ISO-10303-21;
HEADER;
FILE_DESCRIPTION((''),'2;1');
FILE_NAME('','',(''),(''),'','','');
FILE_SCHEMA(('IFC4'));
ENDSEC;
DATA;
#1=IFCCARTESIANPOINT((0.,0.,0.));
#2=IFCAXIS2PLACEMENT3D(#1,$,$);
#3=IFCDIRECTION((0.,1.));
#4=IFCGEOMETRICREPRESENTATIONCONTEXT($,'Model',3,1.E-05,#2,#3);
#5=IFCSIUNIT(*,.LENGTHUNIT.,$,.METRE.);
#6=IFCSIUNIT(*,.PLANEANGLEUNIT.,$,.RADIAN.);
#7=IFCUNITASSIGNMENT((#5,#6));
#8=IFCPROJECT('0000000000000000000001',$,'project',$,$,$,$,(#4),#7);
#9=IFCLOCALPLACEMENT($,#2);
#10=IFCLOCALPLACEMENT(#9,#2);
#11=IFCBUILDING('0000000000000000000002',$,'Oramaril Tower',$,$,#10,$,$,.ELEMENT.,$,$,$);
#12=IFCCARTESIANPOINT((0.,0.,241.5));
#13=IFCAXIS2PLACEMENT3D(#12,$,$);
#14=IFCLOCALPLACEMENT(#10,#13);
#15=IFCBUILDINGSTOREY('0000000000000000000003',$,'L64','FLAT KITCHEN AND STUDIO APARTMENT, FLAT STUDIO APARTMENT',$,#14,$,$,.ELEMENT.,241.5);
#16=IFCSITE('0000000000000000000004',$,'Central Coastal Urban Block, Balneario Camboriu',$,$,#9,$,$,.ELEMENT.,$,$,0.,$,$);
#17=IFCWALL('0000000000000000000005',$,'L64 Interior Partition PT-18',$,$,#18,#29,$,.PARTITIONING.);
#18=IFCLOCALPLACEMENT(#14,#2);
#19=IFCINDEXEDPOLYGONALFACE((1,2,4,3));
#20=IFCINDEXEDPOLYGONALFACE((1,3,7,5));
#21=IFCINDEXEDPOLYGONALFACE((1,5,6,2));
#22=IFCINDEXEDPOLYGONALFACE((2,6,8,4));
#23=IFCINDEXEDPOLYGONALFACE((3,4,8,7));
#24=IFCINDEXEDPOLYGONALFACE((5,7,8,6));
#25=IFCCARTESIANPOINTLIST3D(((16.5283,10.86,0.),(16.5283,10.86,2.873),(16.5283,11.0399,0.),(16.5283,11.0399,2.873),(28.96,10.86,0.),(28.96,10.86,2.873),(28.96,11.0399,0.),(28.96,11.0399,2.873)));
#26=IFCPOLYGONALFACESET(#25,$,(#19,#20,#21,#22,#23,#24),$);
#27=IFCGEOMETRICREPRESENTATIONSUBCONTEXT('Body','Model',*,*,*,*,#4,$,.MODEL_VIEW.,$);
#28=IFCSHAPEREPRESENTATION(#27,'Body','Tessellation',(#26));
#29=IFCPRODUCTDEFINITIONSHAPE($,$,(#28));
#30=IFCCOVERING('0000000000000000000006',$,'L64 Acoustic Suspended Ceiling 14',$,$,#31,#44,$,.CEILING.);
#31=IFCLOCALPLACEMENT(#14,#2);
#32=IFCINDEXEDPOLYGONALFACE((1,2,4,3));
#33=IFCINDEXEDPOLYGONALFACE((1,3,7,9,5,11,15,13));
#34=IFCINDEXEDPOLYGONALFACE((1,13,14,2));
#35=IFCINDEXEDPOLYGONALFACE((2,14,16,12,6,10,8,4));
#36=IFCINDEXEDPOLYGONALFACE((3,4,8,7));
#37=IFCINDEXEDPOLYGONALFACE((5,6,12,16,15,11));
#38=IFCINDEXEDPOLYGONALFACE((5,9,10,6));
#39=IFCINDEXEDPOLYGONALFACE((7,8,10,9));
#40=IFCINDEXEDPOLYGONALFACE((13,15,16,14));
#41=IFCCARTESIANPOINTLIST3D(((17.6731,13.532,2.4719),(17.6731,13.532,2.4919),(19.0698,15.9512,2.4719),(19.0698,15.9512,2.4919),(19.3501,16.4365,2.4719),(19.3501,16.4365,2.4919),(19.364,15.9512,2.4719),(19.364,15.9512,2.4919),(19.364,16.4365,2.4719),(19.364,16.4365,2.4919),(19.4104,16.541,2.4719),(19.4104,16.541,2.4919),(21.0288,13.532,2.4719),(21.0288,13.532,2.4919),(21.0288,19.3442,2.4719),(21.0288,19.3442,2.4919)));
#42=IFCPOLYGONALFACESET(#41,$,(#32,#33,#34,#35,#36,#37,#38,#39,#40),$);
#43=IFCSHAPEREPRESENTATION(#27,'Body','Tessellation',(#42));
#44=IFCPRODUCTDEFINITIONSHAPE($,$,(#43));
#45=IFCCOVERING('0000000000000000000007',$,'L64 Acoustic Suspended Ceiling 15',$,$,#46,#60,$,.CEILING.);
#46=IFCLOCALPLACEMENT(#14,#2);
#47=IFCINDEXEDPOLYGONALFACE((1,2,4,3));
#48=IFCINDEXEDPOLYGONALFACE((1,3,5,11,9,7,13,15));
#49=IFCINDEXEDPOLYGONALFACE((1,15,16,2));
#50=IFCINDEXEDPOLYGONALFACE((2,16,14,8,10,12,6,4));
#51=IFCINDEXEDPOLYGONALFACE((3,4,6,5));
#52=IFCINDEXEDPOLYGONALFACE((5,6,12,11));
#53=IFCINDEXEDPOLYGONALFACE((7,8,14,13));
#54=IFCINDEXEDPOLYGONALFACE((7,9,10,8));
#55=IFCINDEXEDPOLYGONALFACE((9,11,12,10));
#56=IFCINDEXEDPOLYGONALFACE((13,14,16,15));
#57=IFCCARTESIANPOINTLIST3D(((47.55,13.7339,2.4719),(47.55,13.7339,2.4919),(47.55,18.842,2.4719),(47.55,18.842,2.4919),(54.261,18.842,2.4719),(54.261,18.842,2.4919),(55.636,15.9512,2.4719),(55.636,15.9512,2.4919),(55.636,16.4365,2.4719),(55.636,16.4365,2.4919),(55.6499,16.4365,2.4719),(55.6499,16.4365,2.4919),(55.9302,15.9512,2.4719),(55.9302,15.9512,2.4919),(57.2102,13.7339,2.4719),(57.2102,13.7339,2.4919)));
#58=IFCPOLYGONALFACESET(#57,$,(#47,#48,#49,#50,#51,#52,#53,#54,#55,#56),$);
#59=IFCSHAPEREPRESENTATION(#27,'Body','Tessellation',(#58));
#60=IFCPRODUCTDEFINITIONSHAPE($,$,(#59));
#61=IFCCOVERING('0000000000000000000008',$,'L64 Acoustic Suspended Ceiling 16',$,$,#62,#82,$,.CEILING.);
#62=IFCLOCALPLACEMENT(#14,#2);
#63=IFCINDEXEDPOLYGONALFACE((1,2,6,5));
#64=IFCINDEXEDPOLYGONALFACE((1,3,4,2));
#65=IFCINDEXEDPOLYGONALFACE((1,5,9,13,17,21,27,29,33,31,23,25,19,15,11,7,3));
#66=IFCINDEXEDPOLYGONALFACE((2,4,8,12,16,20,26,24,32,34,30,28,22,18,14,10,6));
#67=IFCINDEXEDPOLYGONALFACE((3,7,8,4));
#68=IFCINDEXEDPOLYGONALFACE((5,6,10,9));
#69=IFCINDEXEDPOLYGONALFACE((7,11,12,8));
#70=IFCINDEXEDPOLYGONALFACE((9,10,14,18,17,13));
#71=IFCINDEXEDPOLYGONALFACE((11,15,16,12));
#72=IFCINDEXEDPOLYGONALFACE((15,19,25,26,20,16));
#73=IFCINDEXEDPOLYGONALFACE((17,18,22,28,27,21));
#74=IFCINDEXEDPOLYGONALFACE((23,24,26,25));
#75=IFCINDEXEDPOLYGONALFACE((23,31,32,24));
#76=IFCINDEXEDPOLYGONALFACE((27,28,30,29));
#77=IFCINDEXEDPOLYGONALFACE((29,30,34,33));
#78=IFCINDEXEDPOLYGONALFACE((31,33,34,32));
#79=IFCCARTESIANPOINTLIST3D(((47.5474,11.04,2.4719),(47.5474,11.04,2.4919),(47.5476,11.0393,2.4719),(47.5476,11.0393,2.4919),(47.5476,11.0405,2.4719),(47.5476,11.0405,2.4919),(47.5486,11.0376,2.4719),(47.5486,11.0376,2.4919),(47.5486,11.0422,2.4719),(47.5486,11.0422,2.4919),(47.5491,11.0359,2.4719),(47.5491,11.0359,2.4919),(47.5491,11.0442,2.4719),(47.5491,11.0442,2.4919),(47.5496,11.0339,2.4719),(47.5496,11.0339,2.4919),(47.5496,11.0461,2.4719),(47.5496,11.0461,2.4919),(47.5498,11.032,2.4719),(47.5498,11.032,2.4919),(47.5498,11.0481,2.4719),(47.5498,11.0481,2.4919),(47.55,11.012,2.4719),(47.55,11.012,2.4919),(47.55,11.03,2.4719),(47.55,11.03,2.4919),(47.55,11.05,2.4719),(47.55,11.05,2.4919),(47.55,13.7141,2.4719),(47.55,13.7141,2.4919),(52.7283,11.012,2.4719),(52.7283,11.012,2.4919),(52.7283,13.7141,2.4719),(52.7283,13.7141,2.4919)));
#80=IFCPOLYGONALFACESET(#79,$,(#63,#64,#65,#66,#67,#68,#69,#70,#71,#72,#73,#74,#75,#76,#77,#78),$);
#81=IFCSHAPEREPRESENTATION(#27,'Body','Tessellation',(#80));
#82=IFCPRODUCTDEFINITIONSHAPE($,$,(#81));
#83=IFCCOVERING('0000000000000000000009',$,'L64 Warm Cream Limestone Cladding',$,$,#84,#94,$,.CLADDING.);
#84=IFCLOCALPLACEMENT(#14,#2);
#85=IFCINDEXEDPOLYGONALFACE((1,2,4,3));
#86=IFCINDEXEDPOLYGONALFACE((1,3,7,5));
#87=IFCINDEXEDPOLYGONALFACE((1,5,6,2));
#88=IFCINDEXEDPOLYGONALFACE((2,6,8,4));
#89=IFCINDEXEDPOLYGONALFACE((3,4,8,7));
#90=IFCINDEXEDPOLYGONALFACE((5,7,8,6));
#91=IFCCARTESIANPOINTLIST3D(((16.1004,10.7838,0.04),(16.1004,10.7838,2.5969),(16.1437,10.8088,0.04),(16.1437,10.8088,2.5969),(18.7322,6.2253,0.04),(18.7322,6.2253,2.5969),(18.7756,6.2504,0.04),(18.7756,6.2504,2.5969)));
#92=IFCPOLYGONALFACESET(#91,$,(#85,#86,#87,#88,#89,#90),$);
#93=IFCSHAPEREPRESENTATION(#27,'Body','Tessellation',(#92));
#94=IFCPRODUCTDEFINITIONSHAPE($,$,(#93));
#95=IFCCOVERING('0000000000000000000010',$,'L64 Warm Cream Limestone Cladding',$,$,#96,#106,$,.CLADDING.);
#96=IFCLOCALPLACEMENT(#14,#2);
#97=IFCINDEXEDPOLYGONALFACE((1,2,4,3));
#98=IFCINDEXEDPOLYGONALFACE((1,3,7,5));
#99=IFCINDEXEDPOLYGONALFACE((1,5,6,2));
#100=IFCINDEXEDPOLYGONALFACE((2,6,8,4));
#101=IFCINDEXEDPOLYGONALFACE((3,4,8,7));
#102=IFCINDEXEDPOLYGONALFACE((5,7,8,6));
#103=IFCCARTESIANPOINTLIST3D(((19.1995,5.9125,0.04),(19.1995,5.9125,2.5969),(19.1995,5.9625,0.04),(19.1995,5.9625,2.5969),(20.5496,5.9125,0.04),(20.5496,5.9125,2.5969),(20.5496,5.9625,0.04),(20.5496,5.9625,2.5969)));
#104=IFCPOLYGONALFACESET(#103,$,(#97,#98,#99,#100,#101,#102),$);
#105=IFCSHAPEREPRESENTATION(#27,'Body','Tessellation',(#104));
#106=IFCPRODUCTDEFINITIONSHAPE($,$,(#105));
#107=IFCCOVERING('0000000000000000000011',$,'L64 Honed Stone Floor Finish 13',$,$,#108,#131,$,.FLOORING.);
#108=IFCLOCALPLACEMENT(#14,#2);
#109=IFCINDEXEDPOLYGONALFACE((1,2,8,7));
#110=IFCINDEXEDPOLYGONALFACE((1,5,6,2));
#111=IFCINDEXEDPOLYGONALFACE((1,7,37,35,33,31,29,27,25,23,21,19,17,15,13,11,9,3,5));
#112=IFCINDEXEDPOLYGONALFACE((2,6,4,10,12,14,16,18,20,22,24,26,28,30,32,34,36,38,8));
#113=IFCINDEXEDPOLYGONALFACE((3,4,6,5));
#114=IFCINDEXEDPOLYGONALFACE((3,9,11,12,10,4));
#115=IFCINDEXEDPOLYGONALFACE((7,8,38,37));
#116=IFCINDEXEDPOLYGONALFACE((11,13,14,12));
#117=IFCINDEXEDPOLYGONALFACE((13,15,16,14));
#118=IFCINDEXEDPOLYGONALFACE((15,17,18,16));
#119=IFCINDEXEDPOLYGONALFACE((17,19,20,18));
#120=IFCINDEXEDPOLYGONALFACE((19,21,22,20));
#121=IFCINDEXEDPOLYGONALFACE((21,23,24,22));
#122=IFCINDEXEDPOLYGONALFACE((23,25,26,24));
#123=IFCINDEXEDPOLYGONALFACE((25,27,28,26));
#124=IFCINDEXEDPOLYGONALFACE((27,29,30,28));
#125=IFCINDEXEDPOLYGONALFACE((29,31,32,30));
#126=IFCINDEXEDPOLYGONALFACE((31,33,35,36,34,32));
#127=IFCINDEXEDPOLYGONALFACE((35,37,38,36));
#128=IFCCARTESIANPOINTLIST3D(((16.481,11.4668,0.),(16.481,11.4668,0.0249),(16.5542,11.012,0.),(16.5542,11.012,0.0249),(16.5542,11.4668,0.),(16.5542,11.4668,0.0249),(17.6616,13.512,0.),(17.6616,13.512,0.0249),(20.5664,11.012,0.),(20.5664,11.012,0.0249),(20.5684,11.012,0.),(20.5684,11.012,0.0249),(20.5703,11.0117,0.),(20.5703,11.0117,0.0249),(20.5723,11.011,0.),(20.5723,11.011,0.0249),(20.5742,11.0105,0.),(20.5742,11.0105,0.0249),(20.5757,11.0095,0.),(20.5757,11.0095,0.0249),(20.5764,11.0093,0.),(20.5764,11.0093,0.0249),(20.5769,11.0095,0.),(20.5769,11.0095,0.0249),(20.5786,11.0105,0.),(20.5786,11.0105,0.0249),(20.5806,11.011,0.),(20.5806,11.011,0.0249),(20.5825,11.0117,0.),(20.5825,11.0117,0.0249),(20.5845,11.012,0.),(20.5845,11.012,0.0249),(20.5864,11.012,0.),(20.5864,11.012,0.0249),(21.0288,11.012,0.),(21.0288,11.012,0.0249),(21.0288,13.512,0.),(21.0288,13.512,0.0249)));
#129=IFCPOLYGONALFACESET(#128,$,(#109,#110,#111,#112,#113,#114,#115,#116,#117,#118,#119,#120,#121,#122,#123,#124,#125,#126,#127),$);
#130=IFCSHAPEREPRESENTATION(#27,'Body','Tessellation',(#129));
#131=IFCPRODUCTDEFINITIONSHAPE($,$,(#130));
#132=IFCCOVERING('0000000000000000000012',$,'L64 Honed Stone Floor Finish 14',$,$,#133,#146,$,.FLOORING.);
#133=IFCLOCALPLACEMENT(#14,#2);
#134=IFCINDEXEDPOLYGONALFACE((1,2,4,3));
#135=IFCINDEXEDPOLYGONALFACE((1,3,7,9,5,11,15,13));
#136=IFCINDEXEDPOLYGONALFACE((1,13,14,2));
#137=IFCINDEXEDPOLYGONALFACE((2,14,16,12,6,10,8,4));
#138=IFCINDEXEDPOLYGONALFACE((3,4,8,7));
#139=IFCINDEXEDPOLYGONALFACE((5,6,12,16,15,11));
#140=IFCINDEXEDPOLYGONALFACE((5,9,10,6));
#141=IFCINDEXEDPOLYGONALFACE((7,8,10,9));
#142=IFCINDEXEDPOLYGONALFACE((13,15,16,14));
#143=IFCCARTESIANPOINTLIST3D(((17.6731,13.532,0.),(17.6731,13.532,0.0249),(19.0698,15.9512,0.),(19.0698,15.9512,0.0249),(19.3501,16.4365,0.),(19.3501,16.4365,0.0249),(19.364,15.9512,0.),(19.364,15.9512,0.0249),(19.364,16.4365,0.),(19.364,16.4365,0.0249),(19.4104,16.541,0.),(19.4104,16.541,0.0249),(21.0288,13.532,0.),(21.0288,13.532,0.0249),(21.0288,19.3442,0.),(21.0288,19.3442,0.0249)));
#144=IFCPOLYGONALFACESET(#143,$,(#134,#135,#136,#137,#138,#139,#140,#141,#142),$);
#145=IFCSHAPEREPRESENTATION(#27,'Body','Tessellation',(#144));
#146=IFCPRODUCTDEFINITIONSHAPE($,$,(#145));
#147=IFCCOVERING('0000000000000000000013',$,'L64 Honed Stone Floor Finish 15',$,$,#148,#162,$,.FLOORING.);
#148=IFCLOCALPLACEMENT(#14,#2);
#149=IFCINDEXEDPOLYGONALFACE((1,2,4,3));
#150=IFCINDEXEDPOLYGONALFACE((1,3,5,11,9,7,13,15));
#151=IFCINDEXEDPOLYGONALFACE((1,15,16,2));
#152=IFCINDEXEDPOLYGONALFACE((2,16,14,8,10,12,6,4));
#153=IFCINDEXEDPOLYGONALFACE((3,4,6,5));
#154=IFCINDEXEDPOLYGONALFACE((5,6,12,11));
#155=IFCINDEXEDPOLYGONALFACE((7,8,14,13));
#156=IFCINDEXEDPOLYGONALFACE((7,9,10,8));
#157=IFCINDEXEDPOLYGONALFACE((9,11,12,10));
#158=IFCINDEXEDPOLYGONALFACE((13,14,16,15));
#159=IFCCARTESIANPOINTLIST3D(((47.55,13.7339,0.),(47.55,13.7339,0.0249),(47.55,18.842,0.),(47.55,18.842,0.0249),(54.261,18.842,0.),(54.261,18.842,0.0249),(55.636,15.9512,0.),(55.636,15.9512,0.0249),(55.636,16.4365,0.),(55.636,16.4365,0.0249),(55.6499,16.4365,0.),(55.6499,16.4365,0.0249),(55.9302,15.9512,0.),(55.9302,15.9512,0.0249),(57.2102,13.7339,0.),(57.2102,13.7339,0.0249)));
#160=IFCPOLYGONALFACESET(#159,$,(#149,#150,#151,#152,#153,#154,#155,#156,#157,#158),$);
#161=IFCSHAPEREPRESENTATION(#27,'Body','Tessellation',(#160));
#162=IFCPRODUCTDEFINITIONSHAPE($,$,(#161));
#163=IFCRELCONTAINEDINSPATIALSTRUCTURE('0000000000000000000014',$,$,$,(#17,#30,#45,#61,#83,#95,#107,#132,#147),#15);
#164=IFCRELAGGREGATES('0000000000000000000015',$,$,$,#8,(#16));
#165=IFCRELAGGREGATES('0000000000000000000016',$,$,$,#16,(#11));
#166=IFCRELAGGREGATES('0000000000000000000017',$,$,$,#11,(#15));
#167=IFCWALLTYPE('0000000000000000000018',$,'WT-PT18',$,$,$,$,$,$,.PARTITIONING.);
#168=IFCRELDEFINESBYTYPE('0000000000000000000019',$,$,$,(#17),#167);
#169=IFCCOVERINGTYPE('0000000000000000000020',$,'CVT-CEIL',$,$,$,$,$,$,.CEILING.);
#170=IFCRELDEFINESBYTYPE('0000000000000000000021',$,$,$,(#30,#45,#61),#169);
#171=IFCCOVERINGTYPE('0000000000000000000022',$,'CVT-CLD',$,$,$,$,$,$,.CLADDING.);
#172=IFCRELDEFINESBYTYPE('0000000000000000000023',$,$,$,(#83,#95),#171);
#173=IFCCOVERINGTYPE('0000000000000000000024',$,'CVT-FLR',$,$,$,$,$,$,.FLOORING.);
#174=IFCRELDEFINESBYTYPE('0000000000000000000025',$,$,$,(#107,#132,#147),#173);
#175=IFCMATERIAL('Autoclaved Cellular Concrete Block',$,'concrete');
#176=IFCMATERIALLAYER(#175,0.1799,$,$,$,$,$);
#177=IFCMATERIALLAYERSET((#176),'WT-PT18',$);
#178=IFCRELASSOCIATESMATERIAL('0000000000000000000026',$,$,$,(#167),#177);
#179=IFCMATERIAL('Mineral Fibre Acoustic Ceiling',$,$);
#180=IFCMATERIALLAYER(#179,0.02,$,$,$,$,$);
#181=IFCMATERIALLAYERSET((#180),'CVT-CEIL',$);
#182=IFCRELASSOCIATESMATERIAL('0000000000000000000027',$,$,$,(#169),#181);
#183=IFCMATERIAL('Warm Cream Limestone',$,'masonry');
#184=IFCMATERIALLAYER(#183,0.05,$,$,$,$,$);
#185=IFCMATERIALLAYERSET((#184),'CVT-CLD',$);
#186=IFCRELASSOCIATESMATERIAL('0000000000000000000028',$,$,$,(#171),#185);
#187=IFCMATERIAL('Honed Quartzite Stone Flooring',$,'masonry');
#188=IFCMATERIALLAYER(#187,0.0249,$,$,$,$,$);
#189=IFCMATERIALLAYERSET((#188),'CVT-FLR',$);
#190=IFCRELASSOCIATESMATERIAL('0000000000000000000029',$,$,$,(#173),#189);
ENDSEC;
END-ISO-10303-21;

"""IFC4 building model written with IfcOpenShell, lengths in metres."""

from ifc_helpers import new_model, si_unit, direction, frame, frame_2d, origin, origin_2d, place, context, subcontext, project, spatial, polyline, rectangle, outline, extrude, material, layer, layer_set, type_object, element, save


model = new_model("IFC4")

# Units and contexts
model_context = context("Model", 3, precision=1e-05, world=origin(), true_north=direction((0.0, 1.0)))
body_context = subcontext(model_context, "Body", "Model", "MODEL_VIEW")
ifc_project = project(units=[si_unit("LENGTHUNIT", "METRE"), si_unit("PLANEANGLEUNIT", "RADIAN")], contexts=[model_context])

# Site, building, storey
site_placement = place(None, origin())
site = spatial("IfcSite", under=ifc_project, at=site_placement, Name="Central Coastal Urban Block, Balneario Camboriu", CompositionType="ELEMENT", RefElevation=0.0)
building_placement = place(site_placement, origin())
building = spatial("IfcBuilding", under=site, at=building_placement, Name="Oramaril Tower", CompositionType="ELEMENT")
storey_placement = place(building_placement, frame((0.0, 0.0, 241.5)))
storey = spatial("IfcBuildingStorey", under=building, at=storey_placement, Name="L64", Description="FLAT KITCHEN AND STUDIO APARTMENT, FLAT STUDIO APARTMENT", CompositionType="ELEMENT", Elevation=241.5)

# Wall
ifc_material_1 = material(Name="Autoclaved Cellular Concrete Block", Category="concrete")
ifc_layer_1 = layer(ifc_material_1, 0.1799)
ifc_layer_set_1 = layer_set([ifc_layer_1], Name="WT-PT18")
wall_type_1 = type_object("IfcWallType", Name="WT-PT18", PredefinedType="PARTITIONING", material=ifc_layer_set_1)
wall_1_placement = place(storey_placement, frame((16.5283, 10.95, 0.0), z_axis=(0.0, 0.0, 1.0), x_axis=(1.0, 0.0, 0.0)))
element("IfcWall", 1, at=wall_1_placement, inside=storey, type_object=wall_type_1, Name="L64 Interior Partition PT-18", PredefinedType="PARTITIONING", context=body_context, shape_type="SweptSolid", body=[
    extrude(rectangle(XDim=12.4316, YDim=0.1799, at=frame_2d((6.2158, 0.0))), origin(), (0.0, 0.0, 1.0), 2.873),
])

# Coverings
ifc_material_2 = material(Name="Mineral Fibre Acoustic Ceiling")
ifc_layer_2 = layer(ifc_material_2, 0.02)
ifc_layer_set_2 = layer_set([ifc_layer_2], Name="CVT-CEIL")
covering_type_1 = type_object("IfcCoveringType", Name="CVT-CEIL", PredefinedType="CEILING", material=ifc_layer_set_2)
covering_1_placement = place(storey_placement, frame((0.0, 0.0, 2.4719)))
element("IfcCovering", 2, at=covering_1_placement, inside=storey, type_object=covering_type_1, Name="L64 Acoustic Suspended Ceiling 14", PredefinedType="CEILING", context=body_context, shape_type="SweptSolid", body=[
    extrude(outline(polyline([(19.364, 15.9512), (19.364, 16.4365), (19.3501, 16.4365), (19.4104, 16.541), (21.0288, 19.3442), (21.0288, 13.532), (17.6731, 13.532), (19.0698, 15.9512), (19.364, 15.9512)])), origin(), (0.0, 0.0, 1.0), 0.02),
])
covering_2_placement = place(storey_placement, frame((0.0, 0.0, 2.4719)))
element("IfcCovering", 3, at=covering_2_placement, inside=storey, type_object=covering_type_1, Name="L64 Acoustic Suspended Ceiling 15", PredefinedType="CEILING", context=body_context, shape_type="SweptSolid", body=[
    extrude(outline(polyline([(55.6499, 16.4365), (55.636, 16.4365), (55.636, 15.9512), (55.9302, 15.9512), (57.2102, 13.7339), (47.55, 13.7339), (47.55, 18.842), (54.261, 18.842), (55.6499, 16.4365)])), origin(), (0.0, 0.0, 1.0), 0.02),
])
covering_3_placement = place(storey_placement, frame((0.0, 0.0, 2.4719)))
element("IfcCovering", 4, at=covering_3_placement, inside=storey, type_object=covering_type_1, Name="L64 Acoustic Suspended Ceiling 16", PredefinedType="CEILING", context=body_context, shape_type="SweptSolid", body=[
    extrude(outline(polyline([(52.7283, 11.012), (47.55, 11.012), (47.55, 11.03), (47.5498, 11.032), (47.5496, 11.0339), (47.5491, 11.0359), (47.5486, 11.0376), (47.5476, 11.0393), (47.5474, 11.04), (47.5476, 11.0405), (47.5486, 11.0422), (47.5491, 11.0442), (47.5496, 11.0461), (47.5498, 11.0481), (47.55, 11.05), (47.55, 13.7141), (52.7283, 13.7141), (52.7283, 11.012)])), origin(), (0.0, 0.0, 1.0), 0.02),
])
ifc_material_3 = material(Name="Warm Cream Limestone", Category="masonry")
ifc_layer_3 = layer(ifc_material_3, 0.05)
ifc_layer_set_3 = layer_set([ifc_layer_3], Name="CVT-CLD")
covering_type_2 = type_object("IfcCoveringType", Name="CVT-CLD", PredefinedType="CLADDING", material=ifc_layer_set_3)
covering_4_placement = place(storey_placement, frame((17.438, 8.5171, 0.04), z_axis=(0.0, 0.0, 1.0), x_axis=(0.500002, -0.866025, 0.0)))
element("IfcCovering", 5, at=covering_4_placement, inside=storey, type_object=covering_type_2, Name="L64 Warm Cream Limestone Cladding", PredefinedType="CLADDING", context=body_context, shape_type="SweptSolid", body=[
    extrude(rectangle(XDim=5.2637, YDim=0.05, at=origin_2d()), origin(), (0.0, 0.0, 1.0), 2.5569),
])
covering_5_placement = place(storey_placement, frame((19.8745, 5.9375, 0.04), z_axis=(0.0, 0.0, 1.0), x_axis=(1.0, 0.0, 0.0)))
element("IfcCovering", 6, at=covering_5_placement, inside=storey, type_object=covering_type_2, Name="L64 Warm Cream Limestone Cladding", PredefinedType="CLADDING", context=body_context, shape_type="SweptSolid", body=[
    extrude(rectangle(XDim=1.3501, YDim=0.05, at=origin_2d()), origin(), (0.0, 0.0, 1.0), 2.5569),
])
ifc_material_4 = material(Name="Honed Quartzite Stone Flooring", Category="masonry")
ifc_layer_4 = layer(ifc_material_4, 0.0249)
ifc_layer_set_4 = layer_set([ifc_layer_4], Name="CVT-FLR")
covering_type_3 = type_object("IfcCoveringType", Name="CVT-FLR", PredefinedType="FLOORING", material=ifc_layer_set_4)
covering_6_placement = place(storey_placement, origin())
element("IfcCovering", 7, at=covering_6_placement, inside=storey, type_object=covering_type_3, Name="L64 Honed Stone Floor Finish 13", PredefinedType="FLOORING", context=body_context, shape_type="SweptSolid", body=[
    extrude(outline(polyline([(16.5542, 11.4668), (16.481, 11.4668), (17.6616, 13.512), (21.0288, 13.512), (21.0288, 11.012), (20.5864, 11.012), (20.5845, 11.012), (20.5825, 11.0117), (20.5806, 11.011), (20.5786, 11.0105), (20.5769, 11.0095), (20.5764, 11.0093), (20.5757, 11.0095), (20.5742, 11.0105), (20.5723, 11.011), (20.5703, 11.0117), (20.5684, 11.012), (20.5664, 11.012), (16.5542, 11.012), (16.5542, 11.4668)])), origin(), (0.0, 0.0, 1.0), 0.0249),
])
covering_7_placement = place(storey_placement, origin())
element("IfcCovering", 8, at=covering_7_placement, inside=storey, type_object=covering_type_3, Name="L64 Honed Stone Floor Finish 14", PredefinedType="FLOORING", context=body_context, shape_type="SweptSolid", body=[
    extrude(outline(polyline([(19.364, 15.9512), (19.364, 16.4365), (19.3501, 16.4365), (19.4104, 16.541), (21.0288, 19.3442), (21.0288, 13.532), (17.6731, 13.532), (19.0698, 15.9512), (19.364, 15.9512)])), origin(), (0.0, 0.0, 1.0), 0.0249),
])
covering_8_placement = place(storey_placement, origin())
element("IfcCovering", 9, at=covering_8_placement, inside=storey, type_object=covering_type_3, Name="L64 Honed Stone Floor Finish 15", PredefinedType="FLOORING", context=body_context, shape_type="SweptSolid", body=[
    extrude(outline(polyline([(55.6499, 16.4365), (55.636, 16.4365), (55.636, 15.9512), (55.9302, 15.9512), (57.2102, 13.7339), (47.55, 13.7339), (47.55, 18.842), (54.261, 18.842), (55.6499, 16.4365)])), origin(), (0.0, 0.0, 1.0), 0.0249),
])

save(model, "model.ifc")
